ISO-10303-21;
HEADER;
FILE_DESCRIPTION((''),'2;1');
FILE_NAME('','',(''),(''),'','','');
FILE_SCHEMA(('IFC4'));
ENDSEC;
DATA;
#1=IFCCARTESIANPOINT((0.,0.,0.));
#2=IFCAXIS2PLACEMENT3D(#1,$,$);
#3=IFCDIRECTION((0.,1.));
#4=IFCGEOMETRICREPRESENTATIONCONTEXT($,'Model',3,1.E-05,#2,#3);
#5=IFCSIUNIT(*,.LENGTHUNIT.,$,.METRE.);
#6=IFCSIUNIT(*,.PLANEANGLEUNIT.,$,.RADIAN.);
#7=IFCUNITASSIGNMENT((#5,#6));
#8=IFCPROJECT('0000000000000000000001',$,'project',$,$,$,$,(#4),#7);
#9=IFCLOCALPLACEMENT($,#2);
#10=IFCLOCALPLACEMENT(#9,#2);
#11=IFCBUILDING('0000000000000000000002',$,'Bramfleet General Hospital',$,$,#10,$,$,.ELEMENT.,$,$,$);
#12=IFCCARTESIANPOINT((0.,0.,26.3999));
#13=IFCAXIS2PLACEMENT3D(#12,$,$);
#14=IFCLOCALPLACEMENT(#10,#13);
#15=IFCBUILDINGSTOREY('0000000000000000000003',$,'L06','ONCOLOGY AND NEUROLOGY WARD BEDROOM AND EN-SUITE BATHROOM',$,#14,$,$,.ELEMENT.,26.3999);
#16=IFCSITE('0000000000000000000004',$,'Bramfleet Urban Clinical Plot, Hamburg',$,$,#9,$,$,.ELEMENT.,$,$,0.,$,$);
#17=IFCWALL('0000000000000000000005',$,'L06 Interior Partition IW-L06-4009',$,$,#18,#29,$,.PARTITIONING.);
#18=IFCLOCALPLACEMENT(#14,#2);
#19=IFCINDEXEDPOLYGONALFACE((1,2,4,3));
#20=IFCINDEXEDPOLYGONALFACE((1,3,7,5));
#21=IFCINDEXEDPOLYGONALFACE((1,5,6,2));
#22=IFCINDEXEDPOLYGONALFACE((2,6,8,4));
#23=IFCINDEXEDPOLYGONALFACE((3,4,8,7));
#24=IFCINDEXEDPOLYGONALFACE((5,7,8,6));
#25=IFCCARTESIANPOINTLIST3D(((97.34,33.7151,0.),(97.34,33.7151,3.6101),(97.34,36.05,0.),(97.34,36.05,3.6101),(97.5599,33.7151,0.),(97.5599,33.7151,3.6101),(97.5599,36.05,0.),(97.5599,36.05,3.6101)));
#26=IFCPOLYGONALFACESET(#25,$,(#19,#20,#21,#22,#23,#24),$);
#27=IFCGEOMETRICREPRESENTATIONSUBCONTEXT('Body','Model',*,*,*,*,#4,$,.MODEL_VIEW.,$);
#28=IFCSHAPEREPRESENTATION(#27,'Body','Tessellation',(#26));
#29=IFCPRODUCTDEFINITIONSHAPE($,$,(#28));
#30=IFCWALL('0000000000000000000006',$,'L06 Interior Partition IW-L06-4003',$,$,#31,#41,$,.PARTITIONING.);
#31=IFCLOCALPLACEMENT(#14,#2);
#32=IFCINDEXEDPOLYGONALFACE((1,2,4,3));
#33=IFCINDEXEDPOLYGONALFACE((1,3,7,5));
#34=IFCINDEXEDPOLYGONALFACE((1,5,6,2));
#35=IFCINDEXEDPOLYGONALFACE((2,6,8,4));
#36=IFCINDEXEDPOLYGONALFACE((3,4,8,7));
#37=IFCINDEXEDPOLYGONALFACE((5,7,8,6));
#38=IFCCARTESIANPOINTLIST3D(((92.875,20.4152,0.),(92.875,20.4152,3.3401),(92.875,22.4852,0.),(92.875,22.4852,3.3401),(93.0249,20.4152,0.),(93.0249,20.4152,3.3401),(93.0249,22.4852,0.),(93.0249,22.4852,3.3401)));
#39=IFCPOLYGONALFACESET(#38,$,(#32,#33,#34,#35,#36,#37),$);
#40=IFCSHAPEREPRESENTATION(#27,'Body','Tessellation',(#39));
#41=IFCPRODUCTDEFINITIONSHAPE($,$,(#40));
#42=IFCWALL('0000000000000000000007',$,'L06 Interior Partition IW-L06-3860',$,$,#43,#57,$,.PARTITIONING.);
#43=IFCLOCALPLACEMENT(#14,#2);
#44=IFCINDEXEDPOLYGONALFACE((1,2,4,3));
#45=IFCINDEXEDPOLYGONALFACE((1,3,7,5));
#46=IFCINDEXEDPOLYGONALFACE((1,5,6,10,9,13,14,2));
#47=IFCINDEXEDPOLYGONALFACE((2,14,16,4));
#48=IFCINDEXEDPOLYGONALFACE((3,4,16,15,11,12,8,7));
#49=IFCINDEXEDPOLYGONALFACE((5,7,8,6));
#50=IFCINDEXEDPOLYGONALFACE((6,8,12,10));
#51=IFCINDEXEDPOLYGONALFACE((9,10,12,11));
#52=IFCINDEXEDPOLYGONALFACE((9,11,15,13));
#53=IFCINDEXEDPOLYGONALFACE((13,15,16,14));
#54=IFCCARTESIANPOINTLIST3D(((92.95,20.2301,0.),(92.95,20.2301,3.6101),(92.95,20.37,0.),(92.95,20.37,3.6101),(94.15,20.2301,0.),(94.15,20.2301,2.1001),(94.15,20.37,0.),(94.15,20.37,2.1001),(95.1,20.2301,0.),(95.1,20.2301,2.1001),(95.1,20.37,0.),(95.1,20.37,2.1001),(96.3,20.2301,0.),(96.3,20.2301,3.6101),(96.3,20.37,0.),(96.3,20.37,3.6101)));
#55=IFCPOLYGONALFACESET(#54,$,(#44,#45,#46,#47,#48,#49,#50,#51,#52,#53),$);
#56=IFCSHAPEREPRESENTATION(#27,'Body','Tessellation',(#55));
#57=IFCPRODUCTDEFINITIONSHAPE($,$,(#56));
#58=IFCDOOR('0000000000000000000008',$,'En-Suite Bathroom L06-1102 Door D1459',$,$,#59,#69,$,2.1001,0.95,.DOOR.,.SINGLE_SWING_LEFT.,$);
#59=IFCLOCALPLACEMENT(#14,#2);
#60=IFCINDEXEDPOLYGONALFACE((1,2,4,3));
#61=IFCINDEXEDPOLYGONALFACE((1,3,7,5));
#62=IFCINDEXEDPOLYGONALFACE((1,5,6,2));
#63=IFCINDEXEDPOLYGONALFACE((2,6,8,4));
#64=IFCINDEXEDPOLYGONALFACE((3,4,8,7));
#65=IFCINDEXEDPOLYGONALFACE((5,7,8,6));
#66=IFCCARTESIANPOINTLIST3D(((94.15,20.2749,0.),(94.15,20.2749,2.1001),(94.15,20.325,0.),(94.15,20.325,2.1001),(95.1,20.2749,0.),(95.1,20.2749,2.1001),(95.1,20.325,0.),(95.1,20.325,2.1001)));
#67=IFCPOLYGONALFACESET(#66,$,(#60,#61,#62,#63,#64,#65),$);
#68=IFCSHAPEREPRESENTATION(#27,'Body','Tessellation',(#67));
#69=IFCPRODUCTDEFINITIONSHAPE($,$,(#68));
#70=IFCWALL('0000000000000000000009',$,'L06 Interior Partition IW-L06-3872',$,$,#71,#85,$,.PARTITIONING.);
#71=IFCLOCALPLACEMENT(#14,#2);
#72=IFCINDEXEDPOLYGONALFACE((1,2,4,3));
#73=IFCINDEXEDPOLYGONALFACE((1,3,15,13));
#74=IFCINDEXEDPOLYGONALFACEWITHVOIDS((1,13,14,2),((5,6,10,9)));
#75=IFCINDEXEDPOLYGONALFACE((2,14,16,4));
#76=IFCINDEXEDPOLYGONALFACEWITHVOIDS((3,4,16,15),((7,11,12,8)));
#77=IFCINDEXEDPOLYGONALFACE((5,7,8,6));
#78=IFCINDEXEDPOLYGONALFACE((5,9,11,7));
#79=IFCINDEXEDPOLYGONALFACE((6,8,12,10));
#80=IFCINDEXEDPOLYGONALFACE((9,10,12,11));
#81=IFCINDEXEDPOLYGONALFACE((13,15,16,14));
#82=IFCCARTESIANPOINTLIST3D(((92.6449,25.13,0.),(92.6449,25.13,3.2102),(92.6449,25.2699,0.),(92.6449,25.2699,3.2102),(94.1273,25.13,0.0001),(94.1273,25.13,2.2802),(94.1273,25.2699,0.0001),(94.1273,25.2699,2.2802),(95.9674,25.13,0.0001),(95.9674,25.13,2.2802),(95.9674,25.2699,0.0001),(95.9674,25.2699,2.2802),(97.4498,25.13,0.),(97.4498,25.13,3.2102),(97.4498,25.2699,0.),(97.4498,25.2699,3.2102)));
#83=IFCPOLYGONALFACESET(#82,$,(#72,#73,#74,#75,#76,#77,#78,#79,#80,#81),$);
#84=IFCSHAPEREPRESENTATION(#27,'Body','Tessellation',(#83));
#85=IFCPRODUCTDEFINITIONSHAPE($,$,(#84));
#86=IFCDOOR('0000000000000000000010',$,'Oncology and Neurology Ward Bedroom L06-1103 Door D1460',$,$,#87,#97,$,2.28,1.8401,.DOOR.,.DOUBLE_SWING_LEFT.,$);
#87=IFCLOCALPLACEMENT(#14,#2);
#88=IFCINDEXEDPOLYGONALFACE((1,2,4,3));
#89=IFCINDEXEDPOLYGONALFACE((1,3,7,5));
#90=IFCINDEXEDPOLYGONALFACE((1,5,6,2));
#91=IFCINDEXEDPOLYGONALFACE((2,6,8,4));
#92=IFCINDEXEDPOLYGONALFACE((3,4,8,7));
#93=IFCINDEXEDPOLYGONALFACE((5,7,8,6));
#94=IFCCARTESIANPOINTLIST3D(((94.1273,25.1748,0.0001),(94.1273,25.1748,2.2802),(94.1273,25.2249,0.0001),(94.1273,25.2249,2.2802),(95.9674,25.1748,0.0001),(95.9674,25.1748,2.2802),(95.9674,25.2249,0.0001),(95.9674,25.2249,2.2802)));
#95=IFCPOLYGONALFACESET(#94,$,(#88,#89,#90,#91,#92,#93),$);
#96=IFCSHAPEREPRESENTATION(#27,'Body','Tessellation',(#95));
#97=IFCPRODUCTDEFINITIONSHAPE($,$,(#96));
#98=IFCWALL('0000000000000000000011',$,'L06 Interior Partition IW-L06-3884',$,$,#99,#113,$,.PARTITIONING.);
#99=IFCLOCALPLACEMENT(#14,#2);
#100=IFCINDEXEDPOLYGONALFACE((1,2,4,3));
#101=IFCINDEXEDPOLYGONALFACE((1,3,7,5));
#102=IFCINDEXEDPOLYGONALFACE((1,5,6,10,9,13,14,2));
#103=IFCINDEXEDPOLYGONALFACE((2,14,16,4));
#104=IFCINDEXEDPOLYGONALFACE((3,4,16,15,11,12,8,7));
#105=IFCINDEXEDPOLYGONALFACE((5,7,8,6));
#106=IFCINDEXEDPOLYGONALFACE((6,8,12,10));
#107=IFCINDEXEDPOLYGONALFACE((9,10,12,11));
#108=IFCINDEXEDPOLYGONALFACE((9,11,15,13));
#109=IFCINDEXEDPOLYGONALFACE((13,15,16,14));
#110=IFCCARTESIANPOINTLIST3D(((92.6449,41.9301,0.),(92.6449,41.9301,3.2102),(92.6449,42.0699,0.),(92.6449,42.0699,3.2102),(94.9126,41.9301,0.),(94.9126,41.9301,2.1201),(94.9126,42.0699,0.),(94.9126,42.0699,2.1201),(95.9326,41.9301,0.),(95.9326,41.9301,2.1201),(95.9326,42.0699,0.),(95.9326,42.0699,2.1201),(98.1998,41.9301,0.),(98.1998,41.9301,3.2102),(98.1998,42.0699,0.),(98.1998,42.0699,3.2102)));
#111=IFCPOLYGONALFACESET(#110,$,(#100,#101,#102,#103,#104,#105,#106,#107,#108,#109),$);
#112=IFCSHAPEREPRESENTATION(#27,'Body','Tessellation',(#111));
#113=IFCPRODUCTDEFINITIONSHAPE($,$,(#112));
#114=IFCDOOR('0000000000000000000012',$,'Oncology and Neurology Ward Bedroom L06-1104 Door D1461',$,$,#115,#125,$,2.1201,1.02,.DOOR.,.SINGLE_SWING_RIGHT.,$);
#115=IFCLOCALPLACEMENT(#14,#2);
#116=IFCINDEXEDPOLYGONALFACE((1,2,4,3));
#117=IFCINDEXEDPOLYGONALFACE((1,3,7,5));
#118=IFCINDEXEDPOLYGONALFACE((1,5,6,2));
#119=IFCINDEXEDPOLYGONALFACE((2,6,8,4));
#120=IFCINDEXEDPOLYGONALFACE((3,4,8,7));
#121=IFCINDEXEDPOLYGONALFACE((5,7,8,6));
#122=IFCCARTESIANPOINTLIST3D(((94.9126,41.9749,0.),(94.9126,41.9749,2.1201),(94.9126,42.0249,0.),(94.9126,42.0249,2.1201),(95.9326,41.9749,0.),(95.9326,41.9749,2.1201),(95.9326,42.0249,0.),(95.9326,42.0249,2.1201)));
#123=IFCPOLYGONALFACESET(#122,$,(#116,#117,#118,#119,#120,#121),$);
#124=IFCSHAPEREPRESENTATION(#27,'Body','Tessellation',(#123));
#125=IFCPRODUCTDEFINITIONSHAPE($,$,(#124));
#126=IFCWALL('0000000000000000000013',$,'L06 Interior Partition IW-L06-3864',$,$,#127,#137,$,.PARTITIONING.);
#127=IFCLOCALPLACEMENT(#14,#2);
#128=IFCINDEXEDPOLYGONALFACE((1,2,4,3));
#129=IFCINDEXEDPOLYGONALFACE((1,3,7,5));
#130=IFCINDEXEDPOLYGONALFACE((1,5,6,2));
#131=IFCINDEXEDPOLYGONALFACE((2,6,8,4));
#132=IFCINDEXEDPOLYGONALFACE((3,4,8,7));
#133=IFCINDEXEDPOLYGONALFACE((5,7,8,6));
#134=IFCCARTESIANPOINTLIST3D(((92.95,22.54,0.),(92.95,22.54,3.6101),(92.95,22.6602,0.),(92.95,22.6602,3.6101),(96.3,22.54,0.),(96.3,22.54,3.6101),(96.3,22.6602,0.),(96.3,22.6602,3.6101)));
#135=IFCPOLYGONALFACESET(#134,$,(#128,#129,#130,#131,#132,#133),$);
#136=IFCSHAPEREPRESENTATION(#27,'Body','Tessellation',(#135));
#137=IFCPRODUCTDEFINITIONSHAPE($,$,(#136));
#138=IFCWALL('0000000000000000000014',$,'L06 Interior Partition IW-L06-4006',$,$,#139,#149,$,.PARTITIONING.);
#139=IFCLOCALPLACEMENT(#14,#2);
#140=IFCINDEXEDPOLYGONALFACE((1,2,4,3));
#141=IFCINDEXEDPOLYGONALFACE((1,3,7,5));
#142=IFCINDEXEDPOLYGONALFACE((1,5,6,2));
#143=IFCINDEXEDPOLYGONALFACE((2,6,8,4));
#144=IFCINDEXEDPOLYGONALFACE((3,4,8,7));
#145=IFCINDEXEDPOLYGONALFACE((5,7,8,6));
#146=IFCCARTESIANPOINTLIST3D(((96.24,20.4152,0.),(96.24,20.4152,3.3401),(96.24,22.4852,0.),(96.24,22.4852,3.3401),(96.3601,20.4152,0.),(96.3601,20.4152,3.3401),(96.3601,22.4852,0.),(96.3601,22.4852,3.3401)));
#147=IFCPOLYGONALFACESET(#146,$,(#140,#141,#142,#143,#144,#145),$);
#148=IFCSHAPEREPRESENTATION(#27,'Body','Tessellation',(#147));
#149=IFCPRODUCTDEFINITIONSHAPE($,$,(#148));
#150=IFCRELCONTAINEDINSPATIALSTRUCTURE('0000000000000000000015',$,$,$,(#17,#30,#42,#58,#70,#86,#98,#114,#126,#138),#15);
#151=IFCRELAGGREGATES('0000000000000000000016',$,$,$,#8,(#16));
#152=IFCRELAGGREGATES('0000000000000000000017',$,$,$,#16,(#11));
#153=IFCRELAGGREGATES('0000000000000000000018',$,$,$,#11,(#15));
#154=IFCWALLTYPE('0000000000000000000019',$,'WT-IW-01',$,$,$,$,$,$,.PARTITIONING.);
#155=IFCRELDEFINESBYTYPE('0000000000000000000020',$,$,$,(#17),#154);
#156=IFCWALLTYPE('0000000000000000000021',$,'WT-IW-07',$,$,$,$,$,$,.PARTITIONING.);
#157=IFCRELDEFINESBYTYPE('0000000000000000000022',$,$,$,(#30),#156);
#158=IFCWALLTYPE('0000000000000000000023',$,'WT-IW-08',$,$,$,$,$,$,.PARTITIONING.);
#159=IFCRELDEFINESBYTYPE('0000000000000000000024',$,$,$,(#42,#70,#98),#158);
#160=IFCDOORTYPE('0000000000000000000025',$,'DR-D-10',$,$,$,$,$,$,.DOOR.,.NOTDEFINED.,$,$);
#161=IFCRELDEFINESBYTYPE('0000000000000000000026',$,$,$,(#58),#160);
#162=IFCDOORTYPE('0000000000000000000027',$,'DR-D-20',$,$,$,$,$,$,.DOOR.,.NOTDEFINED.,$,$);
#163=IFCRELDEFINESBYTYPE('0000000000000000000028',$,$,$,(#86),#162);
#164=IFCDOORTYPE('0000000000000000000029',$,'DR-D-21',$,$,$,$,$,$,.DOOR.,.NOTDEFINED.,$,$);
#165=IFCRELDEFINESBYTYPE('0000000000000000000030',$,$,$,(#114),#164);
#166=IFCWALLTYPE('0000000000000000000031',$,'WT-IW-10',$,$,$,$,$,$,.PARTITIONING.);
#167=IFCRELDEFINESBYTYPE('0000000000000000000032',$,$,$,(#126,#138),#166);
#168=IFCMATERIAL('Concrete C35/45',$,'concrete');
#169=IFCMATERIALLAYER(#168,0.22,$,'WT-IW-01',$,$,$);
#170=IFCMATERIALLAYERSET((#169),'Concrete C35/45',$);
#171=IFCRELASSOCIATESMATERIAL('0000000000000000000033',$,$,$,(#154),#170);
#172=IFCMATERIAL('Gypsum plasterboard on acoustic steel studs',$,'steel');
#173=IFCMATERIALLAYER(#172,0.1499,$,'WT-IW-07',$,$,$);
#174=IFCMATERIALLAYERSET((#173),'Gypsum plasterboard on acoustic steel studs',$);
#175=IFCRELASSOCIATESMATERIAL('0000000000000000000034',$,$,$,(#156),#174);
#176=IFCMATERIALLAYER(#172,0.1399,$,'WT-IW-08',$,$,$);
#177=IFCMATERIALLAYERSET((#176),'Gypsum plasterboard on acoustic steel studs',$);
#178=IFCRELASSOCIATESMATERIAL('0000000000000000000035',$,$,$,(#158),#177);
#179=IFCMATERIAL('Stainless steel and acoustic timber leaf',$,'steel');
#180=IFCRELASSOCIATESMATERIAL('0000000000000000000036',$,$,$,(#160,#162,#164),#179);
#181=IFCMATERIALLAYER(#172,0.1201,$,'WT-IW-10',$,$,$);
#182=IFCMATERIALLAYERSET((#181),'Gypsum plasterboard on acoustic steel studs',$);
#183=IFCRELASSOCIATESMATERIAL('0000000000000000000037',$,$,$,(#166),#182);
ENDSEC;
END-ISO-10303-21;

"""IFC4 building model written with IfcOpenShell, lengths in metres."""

from ifc_helpers import new_model, si_unit, direction, frame, frame_2d, origin, place, context, subcontext, project, spatial, rectangle, extrude, material, layer, layer_set, type_object, element, fill, save


model = new_model("IFC4")

# Units and contexts
model_context = context("Model", 3, precision=1e-05, world=origin(), true_north=direction((0.0, 1.0)))
body_context = subcontext(model_context, "Body", "Model", "MODEL_VIEW")
ifc_project = project(units=[si_unit("LENGTHUNIT", "METRE"), si_unit("PLANEANGLEUNIT", "RADIAN")], contexts=[model_context])

# Site, building, storey
site_placement = place(None, origin())
site = spatial("IfcSite", under=ifc_project, at=site_placement, Name="Bramfleet Urban Clinical Plot, Hamburg", CompositionType="ELEMENT", RefElevation=0.0)
building_placement = place(site_placement, origin())
building = spatial("IfcBuilding", under=site, at=building_placement, Name="Bramfleet General Hospital", CompositionType="ELEMENT")
storey_placement = place(building_placement, frame((0.0, 0.0, 26.3999)))
storey = spatial("IfcBuildingStorey", under=building, at=storey_placement, Name="L06", Description="ONCOLOGY AND NEUROLOGY WARD BEDROOM AND EN-SUITE BATHROOM", CompositionType="ELEMENT", Elevation=26.3999)

# Shared definitions
ifc_material_1 = material(Name="Concrete C35/45", Category="concrete")
ifc_layer_1 = layer(ifc_material_1, 0.22, Name="WT-IW-01")
ifc_layer_set_1 = layer_set([ifc_layer_1], Name="Concrete C35/45")
wall_type_1 = type_object("IfcWallType", Name="WT-IW-01", PredefinedType="PARTITIONING", material=ifc_layer_set_1)
ifc_material_2 = material(Name="Stainless steel and acoustic timber leaf", Category="steel")

# Walls
wall_1_placement = place(storey_placement, frame((97.45, 33.7151, 0.0), z_axis=(0.0, 0.0, 1.0), x_axis=(0.0, 1.0, 0.0)))
element("IfcWall", 1, at=wall_1_placement, inside=storey, type_object=wall_type_1, Name="L06 Interior Partition IW-L06-4009", PredefinedType="PARTITIONING", context=body_context, shape_type="SweptSolid", body=[
    extrude(rectangle(XDim=2.335, YDim=0.22, at=frame_2d((1.1675, 0.0))), origin(), (0.0, 0.0, 1.0), 3.6101),
])
ifc_material_3 = material(Name="Gypsum plasterboard on acoustic steel studs", Category="steel")
ifc_layer_2 = layer(ifc_material_3, 0.1499, Name="WT-IW-07")
ifc_layer_set_2 = layer_set([ifc_layer_2], Name="Gypsum plasterboard on acoustic steel studs")
wall_type_2 = type_object("IfcWallType", Name="WT-IW-07", PredefinedType="PARTITIONING", material=ifc_layer_set_2)
wall_2_placement = place(storey_placement, frame((92.95, 20.415, 0.0), z_axis=(0.0, 0.0, 1.0), x_axis=(0.0, 1.0, 0.0)))
element("IfcWall", 2, at=wall_2_placement, inside=storey, type_object=wall_type_2, Name="L06 Interior Partition IW-L06-4003", PredefinedType="PARTITIONING", context=body_context, shape_type="SweptSolid", body=[
    extrude(rectangle(XDim=2.0701, YDim=0.1499, at=frame_2d((1.0352, 0.0))), origin(), (0.0, 0.0, 1.0), 3.3401),
])

# Walls, openings, doors
ifc_layer_3 = layer(ifc_material_3, 0.1399, Name="WT-IW-08")
ifc_layer_set_3 = layer_set([ifc_layer_3], Name="Gypsum plasterboard on acoustic steel studs")
wall_type_3 = type_object("IfcWallType", Name="WT-IW-08", PredefinedType="PARTITIONING", material=ifc_layer_set_3)
wall_3_placement = place(storey_placement, frame((92.95, 20.3, 0.0), z_axis=(0.0, 0.0, 1.0), x_axis=(1.0, 0.0, 0.0)))
wall_3 = element("IfcWall", 3, at=wall_3_placement, inside=storey, type_object=wall_type_3, Name="L06 Interior Partition IW-L06-3860", PredefinedType="PARTITIONING", context=body_context, shape_type="SweptSolid", body=[
    extrude(rectangle(XDim=3.3501, YDim=0.1399, at=frame_2d((1.675, 0.0))), origin(), (0.0, 0.0, 1.0), 3.6101),
])
opening_1_placement = place(wall_3_placement, frame((1.2, 0.0, 0.0)))
opening_1 = element("IfcOpeningElement", 4, at=opening_1_placement, cuts=wall_3, PredefinedType="OPENING", context=body_context, shape_type="SweptSolid", body=[
    extrude(rectangle(XDim=0.95, YDim=2.1001, at=frame_2d((0.4751, 1.05))), frame((0.0, 0.0798, 0.0), z_axis=(0.0, -1.0, 0.0), x_axis=(1.0, 0.0, 0.0)), (0.0, 0.0, 1.0), 0.1599),
])
door_type_1 = type_object("IfcDoorType", Name="DR-D-10", OperationType="NOTDEFINED", PredefinedType="DOOR", material=ifc_material_2)
door_1_placement = place(opening_1_placement, origin())
door_1 = element("IfcDoor", 5, at=door_1_placement, inside=storey, type_object=door_type_1, Name="En-Suite Bathroom L06-1102 Door D1459", OperationType="SINGLE_SWING_LEFT", OverallHeight=2.1001, OverallWidth=0.95, PredefinedType="DOOR", context=body_context, shape_type="SweptSolid", body=[
    extrude(rectangle(XDim=0.95, YDim=2.1001, at=frame_2d((0.4751, 1.05))), frame((0.0, 0.0249, 0.0), z_axis=(0.0, -1.0, 0.0), x_axis=(1.0, 0.0, 0.0)), (0.0, 0.0, 1.0), 0.05),
])
fill(opening_1, door_1)
wall_4_placement = place(storey_placement, frame((92.645, 25.2, 0.0), z_axis=(0.0, 0.0, 1.0), x_axis=(1.0, 0.0, 0.0)))
wall_4 = element("IfcWall", 6, at=wall_4_placement, inside=storey, type_object=wall_type_3, Name="L06 Interior Partition IW-L06-3872", PredefinedType="PARTITIONING", context=body_context, shape_type="SweptSolid", body=[
    extrude(rectangle(XDim=4.8049, YDim=0.1399, at=frame_2d((2.4023, 0.0))), origin(), (0.0, 0.0, 1.0), 3.2102),
])
opening_2_placement = place(wall_4_placement, frame((1.4824, 0.0, 0.0)))
opening_2 = element("IfcOpeningElement", 7, at=opening_2_placement, cuts=wall_4, PredefinedType="OPENING", context=body_context, shape_type="SweptSolid", body=[
    extrude(rectangle(XDim=1.8401, YDim=2.28, at=frame_2d((0.9199, 1.1401))), frame((0.0, 0.0798, 0.0), z_axis=(0.0, -1.0, 0.0), x_axis=(1.0, 0.0, 0.0)), (0.0, 0.0, 1.0), 0.1599),
])
door_type_2 = type_object("IfcDoorType", Name="DR-D-20", OperationType="NOTDEFINED", PredefinedType="DOOR", material=ifc_material_2)
door_2_placement = place(opening_2_placement, origin())
door_2 = element("IfcDoor", 8, at=door_2_placement, inside=storey, type_object=door_type_2, Name="Oncology and Neurology Ward Bedroom L06-1103 Door D1460", OperationType="DOUBLE_SWING_LEFT", OverallHeight=2.28, OverallWidth=1.8401, PredefinedType="DOOR", context=body_context, shape_type="SweptSolid", body=[
    extrude(rectangle(XDim=1.8401, YDim=2.28, at=frame_2d((0.9199, 1.1401))), frame((0.0, 0.0249, 0.0), z_axis=(0.0, -1.0, 0.0), x_axis=(1.0, 0.0, 0.0)), (0.0, 0.0, 1.0), 0.05),
])
fill(opening_2, door_2)
wall_5_placement = place(storey_placement, frame((92.645, 42.0, 0.0), z_axis=(0.0, 0.0, 1.0), x_axis=(1.0, 0.0, 0.0)))
wall_5 = element("IfcWall", 9, at=wall_5_placement, inside=storey, type_object=wall_type_3, Name="L06 Interior Partition IW-L06-3884", PredefinedType="PARTITIONING", context=body_context, shape_type="SweptSolid", body=[
    extrude(rectangle(XDim=5.5549, YDim=0.1399, at=frame_2d((2.7773, 0.0))), origin(), (0.0, 0.0, 1.0), 3.2102),
])
opening_3_placement = place(wall_5_placement, frame((2.2676, 0.0, 0.0)))
opening_3 = element("IfcOpeningElement", 10, at=opening_3_placement, cuts=wall_5, PredefinedType="OPENING", context=body_context, shape_type="SweptSolid", body=[
    extrude(rectangle(XDim=1.02, YDim=2.1201, at=frame_2d((0.51, 1.0601))), frame((0.0, 0.0798, 0.0), z_axis=(0.0, -1.0, 0.0), x_axis=(1.0, 0.0, 0.0)), (0.0, 0.0, 1.0), 0.1599),
])
door_type_3 = type_object("IfcDoorType", Name="DR-D-21", OperationType="NOTDEFINED", PredefinedType="DOOR", material=ifc_material_2)
door_3_placement = place(opening_3_placement, origin())
door_3 = element("IfcDoor", 11, at=door_3_placement, inside=storey, type_object=door_type_3, Name="Oncology and Neurology Ward Bedroom L06-1104 Door D1461", OperationType="SINGLE_SWING_RIGHT", OverallHeight=2.1201, OverallWidth=1.02, PredefinedType="DOOR", context=body_context, shape_type="SweptSolid", body=[
    extrude(rectangle(XDim=1.02, YDim=2.1201, at=frame_2d((0.51, 1.0601))), frame((0.0, 0.0249, 0.0), z_axis=(0.0, -1.0, 0.0), x_axis=(1.0, 0.0, 0.0)), (0.0, 0.0, 1.0), 0.05),
])
fill(opening_3, door_3)

# Walls
ifc_layer_4 = layer(ifc_material_3, 0.1201, Name="WT-IW-10")
ifc_layer_set_4 = layer_set([ifc_layer_4], Name="Gypsum plasterboard on acoustic steel studs")
wall_type_4 = type_object("IfcWallType", Name="WT-IW-10", PredefinedType="PARTITIONING", material=ifc_layer_set_4)
wall_6_placement = place(storey_placement, frame((92.95, 22.6001, 0.0), z_axis=(0.0, 0.0, 1.0), x_axis=(1.0, 0.0, 0.0)))
element("IfcWall", 12, at=wall_6_placement, inside=storey, type_object=wall_type_4, Name="L06 Interior Partition IW-L06-3864", PredefinedType="PARTITIONING", context=body_context, shape_type="SweptSolid", body=[
    extrude(rectangle(XDim=3.3501, YDim=0.1201, at=frame_2d((1.675, 0.0))), origin(), (0.0, 0.0, 1.0), 3.6101),
])
wall_7_placement = place(storey_placement, frame((96.3, 20.415, 0.0), z_axis=(0.0, 0.0, 1.0), x_axis=(0.0, 1.0, 0.0)))
element("IfcWall", 13, at=wall_7_placement, inside=storey, type_object=wall_type_4, Name="L06 Interior Partition IW-L06-4006", PredefinedType="PARTITIONING", context=body_context, shape_type="SweptSolid", body=[
    extrude(rectangle(XDim=2.0701, YDim=0.1201, at=frame_2d((1.0352, 0.0))), origin(), (0.0, 0.0, 1.0), 3.3401),
])

save(model, "model.ifc")
